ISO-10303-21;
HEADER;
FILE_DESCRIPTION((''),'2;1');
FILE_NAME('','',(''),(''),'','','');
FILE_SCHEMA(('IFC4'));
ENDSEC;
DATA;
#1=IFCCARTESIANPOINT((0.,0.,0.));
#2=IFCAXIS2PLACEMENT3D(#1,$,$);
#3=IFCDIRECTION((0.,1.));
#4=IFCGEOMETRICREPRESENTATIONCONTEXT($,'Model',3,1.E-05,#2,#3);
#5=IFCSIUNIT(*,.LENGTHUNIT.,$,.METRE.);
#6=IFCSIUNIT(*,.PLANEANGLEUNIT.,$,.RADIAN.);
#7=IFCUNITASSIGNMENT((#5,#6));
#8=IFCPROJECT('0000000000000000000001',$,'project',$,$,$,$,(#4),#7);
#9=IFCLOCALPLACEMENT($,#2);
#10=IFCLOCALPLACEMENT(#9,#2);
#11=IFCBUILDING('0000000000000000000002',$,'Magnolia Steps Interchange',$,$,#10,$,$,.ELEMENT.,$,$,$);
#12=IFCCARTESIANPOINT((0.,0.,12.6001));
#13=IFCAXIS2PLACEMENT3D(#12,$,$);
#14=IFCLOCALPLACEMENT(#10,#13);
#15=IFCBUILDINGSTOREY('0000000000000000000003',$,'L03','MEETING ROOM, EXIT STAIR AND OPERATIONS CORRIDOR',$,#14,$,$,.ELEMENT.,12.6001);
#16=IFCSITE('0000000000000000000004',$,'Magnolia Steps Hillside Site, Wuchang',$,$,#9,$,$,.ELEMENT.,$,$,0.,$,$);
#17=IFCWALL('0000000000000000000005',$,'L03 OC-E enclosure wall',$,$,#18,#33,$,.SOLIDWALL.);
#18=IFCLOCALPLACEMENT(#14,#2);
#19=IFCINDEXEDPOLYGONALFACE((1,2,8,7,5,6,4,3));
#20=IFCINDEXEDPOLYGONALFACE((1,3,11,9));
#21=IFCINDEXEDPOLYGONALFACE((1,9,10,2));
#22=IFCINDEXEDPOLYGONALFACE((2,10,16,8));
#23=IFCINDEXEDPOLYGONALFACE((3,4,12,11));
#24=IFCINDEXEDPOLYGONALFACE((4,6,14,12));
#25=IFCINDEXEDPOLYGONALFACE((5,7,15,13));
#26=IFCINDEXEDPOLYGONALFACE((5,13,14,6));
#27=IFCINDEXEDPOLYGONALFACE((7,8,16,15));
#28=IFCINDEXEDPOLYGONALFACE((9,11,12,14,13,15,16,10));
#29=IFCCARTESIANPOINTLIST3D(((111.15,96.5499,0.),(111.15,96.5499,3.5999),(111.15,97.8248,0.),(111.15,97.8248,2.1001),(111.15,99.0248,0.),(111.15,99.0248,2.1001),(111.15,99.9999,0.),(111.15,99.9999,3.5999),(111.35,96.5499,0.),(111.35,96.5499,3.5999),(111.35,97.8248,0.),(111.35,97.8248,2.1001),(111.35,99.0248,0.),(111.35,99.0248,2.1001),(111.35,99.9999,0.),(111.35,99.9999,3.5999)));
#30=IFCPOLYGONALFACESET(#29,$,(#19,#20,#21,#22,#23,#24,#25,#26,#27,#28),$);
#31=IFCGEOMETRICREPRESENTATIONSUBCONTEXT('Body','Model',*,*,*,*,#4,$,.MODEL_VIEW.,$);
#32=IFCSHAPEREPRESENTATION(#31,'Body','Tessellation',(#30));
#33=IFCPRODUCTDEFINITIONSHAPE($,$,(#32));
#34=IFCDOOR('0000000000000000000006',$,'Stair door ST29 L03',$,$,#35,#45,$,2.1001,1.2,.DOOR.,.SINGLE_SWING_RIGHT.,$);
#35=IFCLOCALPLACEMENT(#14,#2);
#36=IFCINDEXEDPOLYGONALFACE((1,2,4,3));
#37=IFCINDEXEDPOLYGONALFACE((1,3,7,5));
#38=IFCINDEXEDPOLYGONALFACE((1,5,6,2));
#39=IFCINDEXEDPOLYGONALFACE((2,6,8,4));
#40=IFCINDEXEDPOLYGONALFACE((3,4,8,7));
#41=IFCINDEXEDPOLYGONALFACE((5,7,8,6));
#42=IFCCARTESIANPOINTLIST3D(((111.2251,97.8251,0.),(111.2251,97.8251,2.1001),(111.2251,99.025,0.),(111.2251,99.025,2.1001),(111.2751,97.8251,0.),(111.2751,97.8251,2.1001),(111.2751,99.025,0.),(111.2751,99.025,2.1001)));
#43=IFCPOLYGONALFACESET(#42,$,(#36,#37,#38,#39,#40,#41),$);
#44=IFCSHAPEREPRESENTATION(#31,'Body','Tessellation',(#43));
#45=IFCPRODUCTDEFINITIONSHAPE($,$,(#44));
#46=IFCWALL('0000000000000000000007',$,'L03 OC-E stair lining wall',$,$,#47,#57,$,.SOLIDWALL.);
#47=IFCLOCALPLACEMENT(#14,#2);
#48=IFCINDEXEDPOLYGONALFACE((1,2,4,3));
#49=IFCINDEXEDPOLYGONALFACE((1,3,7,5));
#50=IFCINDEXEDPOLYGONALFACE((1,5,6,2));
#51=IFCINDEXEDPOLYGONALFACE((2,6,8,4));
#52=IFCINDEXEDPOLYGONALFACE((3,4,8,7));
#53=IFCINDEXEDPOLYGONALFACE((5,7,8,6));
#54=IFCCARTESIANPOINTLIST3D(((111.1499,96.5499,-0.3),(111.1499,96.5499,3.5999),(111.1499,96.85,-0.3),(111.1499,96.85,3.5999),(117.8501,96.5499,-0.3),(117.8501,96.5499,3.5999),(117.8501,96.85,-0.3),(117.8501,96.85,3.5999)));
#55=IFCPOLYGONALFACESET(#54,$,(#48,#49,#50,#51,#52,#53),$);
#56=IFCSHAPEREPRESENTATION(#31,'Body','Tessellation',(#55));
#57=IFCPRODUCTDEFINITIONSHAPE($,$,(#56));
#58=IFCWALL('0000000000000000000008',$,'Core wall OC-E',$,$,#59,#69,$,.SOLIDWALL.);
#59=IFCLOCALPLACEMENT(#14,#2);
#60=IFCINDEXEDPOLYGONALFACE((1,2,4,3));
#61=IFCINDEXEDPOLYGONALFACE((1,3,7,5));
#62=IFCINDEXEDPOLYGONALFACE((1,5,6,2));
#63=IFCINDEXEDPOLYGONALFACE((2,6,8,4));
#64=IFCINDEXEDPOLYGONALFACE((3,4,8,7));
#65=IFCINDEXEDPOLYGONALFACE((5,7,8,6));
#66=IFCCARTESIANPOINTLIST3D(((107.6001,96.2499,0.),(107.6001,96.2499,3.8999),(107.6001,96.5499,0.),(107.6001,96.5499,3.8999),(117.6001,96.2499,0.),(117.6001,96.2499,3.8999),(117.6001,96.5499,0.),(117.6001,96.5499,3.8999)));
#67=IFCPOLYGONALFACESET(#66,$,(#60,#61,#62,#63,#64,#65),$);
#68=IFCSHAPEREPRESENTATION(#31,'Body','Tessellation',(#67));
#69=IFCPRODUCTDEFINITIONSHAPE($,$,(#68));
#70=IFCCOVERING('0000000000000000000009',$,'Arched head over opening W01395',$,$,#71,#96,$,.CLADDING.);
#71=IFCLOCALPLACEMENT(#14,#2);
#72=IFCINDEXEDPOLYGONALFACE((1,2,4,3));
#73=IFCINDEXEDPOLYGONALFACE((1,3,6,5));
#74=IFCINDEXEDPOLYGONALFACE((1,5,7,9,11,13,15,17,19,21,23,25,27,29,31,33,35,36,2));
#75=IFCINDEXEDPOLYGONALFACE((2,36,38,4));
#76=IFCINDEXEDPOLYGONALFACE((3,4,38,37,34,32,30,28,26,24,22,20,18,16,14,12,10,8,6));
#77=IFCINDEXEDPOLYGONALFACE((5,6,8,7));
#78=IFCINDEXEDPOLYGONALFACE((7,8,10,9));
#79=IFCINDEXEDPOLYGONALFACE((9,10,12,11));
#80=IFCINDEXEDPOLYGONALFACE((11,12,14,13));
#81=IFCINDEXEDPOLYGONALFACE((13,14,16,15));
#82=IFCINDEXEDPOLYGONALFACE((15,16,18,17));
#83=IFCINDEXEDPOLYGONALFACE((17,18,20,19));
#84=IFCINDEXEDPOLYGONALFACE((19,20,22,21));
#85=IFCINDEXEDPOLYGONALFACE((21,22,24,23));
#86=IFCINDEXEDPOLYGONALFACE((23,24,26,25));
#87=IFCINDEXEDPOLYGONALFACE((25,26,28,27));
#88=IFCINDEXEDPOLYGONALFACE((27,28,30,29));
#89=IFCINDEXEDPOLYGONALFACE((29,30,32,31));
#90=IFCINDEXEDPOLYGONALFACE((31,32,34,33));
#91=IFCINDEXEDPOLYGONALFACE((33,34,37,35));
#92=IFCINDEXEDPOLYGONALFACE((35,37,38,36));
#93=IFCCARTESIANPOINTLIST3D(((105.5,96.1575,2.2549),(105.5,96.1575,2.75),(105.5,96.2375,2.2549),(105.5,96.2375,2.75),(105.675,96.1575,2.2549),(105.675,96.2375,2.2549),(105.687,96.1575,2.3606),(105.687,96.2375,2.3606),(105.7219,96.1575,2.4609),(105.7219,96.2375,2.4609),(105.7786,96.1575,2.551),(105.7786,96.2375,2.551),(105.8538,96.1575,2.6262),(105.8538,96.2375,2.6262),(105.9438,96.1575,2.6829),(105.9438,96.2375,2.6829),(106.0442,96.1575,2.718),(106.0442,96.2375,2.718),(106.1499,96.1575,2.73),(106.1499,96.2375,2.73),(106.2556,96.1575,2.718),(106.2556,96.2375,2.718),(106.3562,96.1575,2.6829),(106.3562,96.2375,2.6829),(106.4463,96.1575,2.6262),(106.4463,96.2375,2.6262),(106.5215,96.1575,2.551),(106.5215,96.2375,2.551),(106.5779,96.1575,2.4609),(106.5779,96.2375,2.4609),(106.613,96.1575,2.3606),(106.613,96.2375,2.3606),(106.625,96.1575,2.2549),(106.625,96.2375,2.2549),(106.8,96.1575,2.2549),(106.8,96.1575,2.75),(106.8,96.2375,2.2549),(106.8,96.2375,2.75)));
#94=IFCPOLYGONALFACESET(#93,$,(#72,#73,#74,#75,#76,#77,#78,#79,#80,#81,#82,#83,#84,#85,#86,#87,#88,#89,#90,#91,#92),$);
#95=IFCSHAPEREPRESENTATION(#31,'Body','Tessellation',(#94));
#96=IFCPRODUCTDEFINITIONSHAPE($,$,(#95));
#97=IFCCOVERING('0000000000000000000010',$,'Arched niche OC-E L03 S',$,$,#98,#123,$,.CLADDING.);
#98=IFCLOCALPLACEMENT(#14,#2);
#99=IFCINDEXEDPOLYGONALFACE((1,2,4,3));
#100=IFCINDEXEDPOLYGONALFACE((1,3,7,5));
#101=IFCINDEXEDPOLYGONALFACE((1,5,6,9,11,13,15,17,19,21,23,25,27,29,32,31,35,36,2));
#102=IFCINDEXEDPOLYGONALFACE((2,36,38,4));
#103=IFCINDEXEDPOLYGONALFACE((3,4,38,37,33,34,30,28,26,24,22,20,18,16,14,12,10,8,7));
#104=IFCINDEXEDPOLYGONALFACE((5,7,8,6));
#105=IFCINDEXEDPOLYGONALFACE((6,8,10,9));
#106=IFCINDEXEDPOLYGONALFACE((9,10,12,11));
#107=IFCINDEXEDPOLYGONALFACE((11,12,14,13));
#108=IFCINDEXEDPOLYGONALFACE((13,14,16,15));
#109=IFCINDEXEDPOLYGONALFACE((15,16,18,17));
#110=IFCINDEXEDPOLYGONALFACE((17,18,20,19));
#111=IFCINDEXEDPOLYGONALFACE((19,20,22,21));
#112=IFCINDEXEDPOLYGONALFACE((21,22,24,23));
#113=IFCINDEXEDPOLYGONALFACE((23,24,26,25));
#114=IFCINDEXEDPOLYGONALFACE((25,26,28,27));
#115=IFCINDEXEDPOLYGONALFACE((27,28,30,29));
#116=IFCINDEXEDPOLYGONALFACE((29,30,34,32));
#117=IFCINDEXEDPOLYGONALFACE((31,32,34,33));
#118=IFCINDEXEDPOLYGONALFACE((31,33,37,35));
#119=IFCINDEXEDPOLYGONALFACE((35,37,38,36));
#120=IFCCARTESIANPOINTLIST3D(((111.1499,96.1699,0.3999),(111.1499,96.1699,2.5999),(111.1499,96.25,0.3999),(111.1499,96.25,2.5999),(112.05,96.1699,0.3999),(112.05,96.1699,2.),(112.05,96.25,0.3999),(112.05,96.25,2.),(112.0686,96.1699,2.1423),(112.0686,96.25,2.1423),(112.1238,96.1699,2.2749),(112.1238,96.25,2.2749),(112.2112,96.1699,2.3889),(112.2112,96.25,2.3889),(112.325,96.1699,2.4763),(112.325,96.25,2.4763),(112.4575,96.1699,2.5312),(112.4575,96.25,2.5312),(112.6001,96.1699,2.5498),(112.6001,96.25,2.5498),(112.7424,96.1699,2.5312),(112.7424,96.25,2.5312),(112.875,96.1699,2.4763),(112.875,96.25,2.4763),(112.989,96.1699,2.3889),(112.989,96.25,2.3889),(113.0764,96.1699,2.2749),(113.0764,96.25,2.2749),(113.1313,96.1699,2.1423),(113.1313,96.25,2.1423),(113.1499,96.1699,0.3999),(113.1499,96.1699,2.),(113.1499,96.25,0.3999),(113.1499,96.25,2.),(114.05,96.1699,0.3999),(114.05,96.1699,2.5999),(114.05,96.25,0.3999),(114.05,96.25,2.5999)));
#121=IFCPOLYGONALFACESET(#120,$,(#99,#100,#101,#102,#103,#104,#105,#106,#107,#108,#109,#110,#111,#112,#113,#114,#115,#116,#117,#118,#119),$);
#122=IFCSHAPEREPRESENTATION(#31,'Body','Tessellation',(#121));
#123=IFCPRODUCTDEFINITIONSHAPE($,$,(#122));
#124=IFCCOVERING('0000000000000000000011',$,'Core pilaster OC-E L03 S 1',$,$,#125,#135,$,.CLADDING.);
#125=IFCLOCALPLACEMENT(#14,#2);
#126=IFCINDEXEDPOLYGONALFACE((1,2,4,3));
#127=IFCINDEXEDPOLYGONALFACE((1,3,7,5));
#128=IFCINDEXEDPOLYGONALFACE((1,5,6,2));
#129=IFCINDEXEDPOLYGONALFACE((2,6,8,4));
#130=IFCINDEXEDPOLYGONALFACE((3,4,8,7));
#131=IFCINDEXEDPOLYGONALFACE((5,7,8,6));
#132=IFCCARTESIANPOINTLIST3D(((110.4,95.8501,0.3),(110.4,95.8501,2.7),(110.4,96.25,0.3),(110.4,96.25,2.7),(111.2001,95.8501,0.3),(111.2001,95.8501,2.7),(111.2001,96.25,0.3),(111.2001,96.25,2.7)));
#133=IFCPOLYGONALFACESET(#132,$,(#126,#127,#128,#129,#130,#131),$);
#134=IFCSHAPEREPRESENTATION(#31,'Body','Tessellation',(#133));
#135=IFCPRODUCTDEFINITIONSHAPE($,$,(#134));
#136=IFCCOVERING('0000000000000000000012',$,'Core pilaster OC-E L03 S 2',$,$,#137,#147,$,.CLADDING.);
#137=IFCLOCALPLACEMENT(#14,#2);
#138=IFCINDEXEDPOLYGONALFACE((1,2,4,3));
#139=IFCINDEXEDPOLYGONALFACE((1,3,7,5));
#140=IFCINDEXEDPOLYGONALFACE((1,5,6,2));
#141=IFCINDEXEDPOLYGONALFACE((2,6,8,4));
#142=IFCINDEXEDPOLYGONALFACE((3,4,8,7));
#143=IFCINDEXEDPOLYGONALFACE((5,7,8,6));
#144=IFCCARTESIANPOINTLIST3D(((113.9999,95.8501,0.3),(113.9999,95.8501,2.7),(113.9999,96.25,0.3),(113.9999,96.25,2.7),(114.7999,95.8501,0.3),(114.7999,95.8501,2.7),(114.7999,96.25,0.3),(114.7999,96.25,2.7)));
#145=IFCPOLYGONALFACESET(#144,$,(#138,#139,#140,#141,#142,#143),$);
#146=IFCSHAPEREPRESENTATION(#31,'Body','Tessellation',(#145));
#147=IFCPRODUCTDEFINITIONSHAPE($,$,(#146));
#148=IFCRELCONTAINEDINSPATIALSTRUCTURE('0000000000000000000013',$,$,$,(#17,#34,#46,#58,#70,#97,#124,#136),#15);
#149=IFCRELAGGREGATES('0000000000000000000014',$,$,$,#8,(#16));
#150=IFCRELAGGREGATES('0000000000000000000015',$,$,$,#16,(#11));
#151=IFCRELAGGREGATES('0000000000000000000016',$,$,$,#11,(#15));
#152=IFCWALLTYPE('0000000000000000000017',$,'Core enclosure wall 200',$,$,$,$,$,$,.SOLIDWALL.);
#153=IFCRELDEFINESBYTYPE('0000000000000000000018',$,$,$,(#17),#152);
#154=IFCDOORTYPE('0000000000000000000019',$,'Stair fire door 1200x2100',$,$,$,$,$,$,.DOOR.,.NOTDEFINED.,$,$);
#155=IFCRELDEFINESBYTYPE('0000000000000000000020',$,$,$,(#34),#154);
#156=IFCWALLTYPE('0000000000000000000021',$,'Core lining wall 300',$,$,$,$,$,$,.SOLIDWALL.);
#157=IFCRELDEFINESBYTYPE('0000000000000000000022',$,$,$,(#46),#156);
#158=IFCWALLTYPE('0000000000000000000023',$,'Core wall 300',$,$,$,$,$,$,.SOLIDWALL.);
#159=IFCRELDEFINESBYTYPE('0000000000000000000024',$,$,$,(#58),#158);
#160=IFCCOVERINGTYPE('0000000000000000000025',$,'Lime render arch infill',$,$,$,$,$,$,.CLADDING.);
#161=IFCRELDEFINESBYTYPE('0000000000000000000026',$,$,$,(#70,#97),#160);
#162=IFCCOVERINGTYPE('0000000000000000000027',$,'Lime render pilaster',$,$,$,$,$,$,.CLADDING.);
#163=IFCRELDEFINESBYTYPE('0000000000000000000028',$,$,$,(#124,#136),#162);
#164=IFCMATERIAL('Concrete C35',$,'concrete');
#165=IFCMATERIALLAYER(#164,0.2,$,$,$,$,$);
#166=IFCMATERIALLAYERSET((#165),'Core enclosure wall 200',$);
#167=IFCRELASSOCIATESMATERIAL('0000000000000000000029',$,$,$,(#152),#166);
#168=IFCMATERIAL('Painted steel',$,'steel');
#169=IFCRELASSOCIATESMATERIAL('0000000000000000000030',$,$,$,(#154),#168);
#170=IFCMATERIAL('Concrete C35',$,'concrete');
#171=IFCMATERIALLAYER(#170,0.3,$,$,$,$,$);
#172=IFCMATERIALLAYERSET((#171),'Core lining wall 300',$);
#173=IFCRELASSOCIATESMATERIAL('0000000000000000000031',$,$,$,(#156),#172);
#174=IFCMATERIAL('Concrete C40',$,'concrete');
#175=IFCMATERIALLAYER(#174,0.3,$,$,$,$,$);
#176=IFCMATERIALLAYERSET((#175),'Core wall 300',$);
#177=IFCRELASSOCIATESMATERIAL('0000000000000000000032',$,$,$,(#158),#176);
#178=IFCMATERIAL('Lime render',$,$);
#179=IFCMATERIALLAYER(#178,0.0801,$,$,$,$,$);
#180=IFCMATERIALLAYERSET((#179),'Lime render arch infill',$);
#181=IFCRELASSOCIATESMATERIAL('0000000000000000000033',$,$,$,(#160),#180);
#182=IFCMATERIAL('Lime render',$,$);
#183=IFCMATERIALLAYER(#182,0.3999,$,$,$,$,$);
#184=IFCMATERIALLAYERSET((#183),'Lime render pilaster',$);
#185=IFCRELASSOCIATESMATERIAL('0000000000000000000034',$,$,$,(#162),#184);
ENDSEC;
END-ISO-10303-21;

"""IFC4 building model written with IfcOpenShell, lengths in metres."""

from ifc_helpers import new_model, si_unit, direction, frame, frame_2d, origin, origin_2d, place, context, subcontext, project, spatial, polyline, rectangle, outline, extrude, material, layer, layer_set, type_object, element, fill, save


model = new_model("IFC4")

# Units and contexts
model_context = context("Model", 3, precision=1e-05, world=origin(), true_north=direction((0.0, 1.0)))
body_context = subcontext(model_context, "Body", "Model", "MODEL_VIEW")
ifc_project = project(units=[si_unit("LENGTHUNIT", "METRE"), si_unit("PLANEANGLEUNIT", "RADIAN")], contexts=[model_context])

# Site, building, storey
site_placement = place(None, origin())
site = spatial("IfcSite", under=ifc_project, at=site_placement, Name="Magnolia Steps Hillside Site, Wuchang", CompositionType="ELEMENT", RefElevation=0.0)
building_placement = place(site_placement, origin())
building = spatial("IfcBuilding", under=site, at=building_placement, Name="Magnolia Steps Interchange", CompositionType="ELEMENT")
storey_placement = place(building_placement, frame((0.0, 0.0, 12.6001)))
storey = spatial("IfcBuildingStorey", under=building, at=storey_placement, Name="L03", Description="MEETING ROOM, EXIT STAIR AND OPERATIONS CORRIDOR", CompositionType="ELEMENT", Elevation=12.6001)

# Shared definitions
ifc_material_1 = material(Name="Concrete C35", Category="concrete")
ifc_layer_1 = layer(ifc_material_1, 0.2)
ifc_layer_set_1 = layer_set([ifc_layer_1], Name="Core enclosure wall 200")
wall_type_1 = type_object("IfcWallType", Name="Core enclosure wall 200", PredefinedType="SOLIDWALL", material=ifc_layer_set_1)

# Wall, opening, door
wall_1_placement = place(storey_placement, frame((111.25, 100.0, 0.0), z_axis=(0.0, 0.0, 1.0), x_axis=(0.0, -1.0, 0.0)))
wall_1 = element("IfcWall", 1, at=wall_1_placement, inside=storey, type_object=wall_type_1, Name="L03 OC-E enclosure wall", PredefinedType="SOLIDWALL", context=body_context, shape_type="SweptSolid", body=[
    extrude(rectangle(XDim=3.45, YDim=0.2, at=frame_2d((1.7251, 0.0))), origin(), (0.0, 0.0, 1.0), 3.5999),
])
opening_placement = place(wall_1_placement, frame((0.9751, 0.0, 0.0)))
opening = element("IfcOpeningElement", 2, at=opening_placement, cuts=wall_1, PredefinedType="OPENING", context=body_context, shape_type="SweptSolid", body=[
    extrude(rectangle(XDim=1.2, YDim=2.1001, at=frame_2d((0.6001, 1.05))), frame((0.0, 0.1099, 0.0), z_axis=(0.0, -1.0, 0.0), x_axis=(1.0, 0.0, 0.0)), (0.0, 0.0, 1.0), 0.22),
])
ifc_material_2 = material(Name="Painted steel", Category="steel")
door_type = type_object("IfcDoorType", Name="Stair fire door 1200x2100", OperationType="NOTDEFINED", PredefinedType="DOOR", material=ifc_material_2)
door_placement = place(opening_placement, frame((1.2, 0.0, 0.0), z_axis=(0.0, 0.0, 1.0), x_axis=(-1.0, 0.0, 0.0)))
door = element("IfcDoor", 3, at=door_placement, inside=storey, type_object=door_type, Name="Stair door ST29 L03", OperationType="SINGLE_SWING_RIGHT", OverallHeight=2.1001, OverallWidth=1.2, PredefinedType="DOOR", context=body_context, shape_type="SweptSolid", body=[
    extrude(rectangle(XDim=1.2, YDim=2.1001, at=frame_2d((0.6001, 1.05))), frame((0.0, 0.0249, 0.0), z_axis=(0.0, -1.0, 0.0), x_axis=(1.0, 0.0, 0.0)), (0.0, 0.0, 1.0), 0.05),
])
fill(opening, door)

# Walls
ifc_material_3 = material(Name="Concrete C35", Category="concrete")
ifc_layer_2 = layer(ifc_material_3, 0.3)
ifc_layer_set_2 = layer_set([ifc_layer_2], Name="Core lining wall 300")
wall_type_2 = type_object("IfcWallType", Name="Core lining wall 300", PredefinedType="SOLIDWALL", material=ifc_layer_set_2)
wall_2_placement = place(storey_placement, frame((111.1499, 96.7, -0.3), z_axis=(0.0, 0.0, 1.0), x_axis=(1.0, 0.0, 0.0)))
element("IfcWall", 4, at=wall_2_placement, inside=storey, type_object=wall_type_2, Name="L03 OC-E stair lining wall", PredefinedType="SOLIDWALL", context=body_context, shape_type="SweptSolid", body=[
    extrude(rectangle(XDim=6.7002, YDim=0.3, at=frame_2d((3.3501, 0.0))), origin(), (0.0, 0.0, 1.0), 3.8999),
])
ifc_material_4 = material(Name="Concrete C40", Category="concrete")
ifc_layer_3 = layer(ifc_material_4, 0.3)
ifc_layer_set_3 = layer_set([ifc_layer_3], Name="Core wall 300")
wall_type_3 = type_object("IfcWallType", Name="Core wall 300", PredefinedType="SOLIDWALL", material=ifc_layer_set_3)
wall_3_placement = place(storey_placement, frame((107.6001, 96.3999, 0.0), z_axis=(0.0, 0.0, 1.0), x_axis=(1.0, 0.0, 0.0)))
element("IfcWall", 5, at=wall_3_placement, inside=storey, type_object=wall_type_3, Name="Core wall OC-E", PredefinedType="SOLIDWALL", context=body_context, shape_type="SweptSolid", body=[
    extrude(rectangle(XDim=10.0, YDim=0.3, at=frame_2d((5.0, 0.0))), origin(), (0.0, 0.0, 1.0), 3.8999),
])

# Coverings
ifc_material_5 = material(Name="Lime render")
ifc_layer_4 = layer(ifc_material_5, 0.0801)
ifc_layer_set_4 = layer_set([ifc_layer_4], Name="Lime render arch infill")
covering_type_1 = type_object("IfcCoveringType", Name="Lime render arch infill", PredefinedType="CLADDING", material=ifc_layer_set_4)
covering_1_placement = place(storey_placement, frame((105.5, 96.2375, 2.2549), z_axis=(0.0, 1.0, 0.0), x_axis=(0.0, 0.0, 1.0)))
element("IfcCovering", 6, at=covering_1_placement, inside=storey, type_object=covering_type_1, Name="Arched head over opening W01395", PredefinedType="CLADDING", context=body_context, shape_type="SweptSolid", body=[
    extrude(outline(polyline([(0.0, 0.0), (0.4951, 0.0), (0.4951, 1.3), (0.0, 1.3), (0.0, 1.125), (0.1057, 1.113), (0.2061, 1.0779), (0.2961, 1.0215), (0.3713, 0.9463), (0.428, 0.8562), (0.4631, 0.7556), (0.4751, 0.6499), (0.4631, 0.5442), (0.428, 0.4438), (0.3713, 0.3538), (0.2961, 0.2786), (0.2061, 0.2219), (0.1057, 0.187), (0.0, 0.175), (0.0, 0.0)])), origin(), (0.0, 0.0, -1.0), 0.0801),
])
covering_2_placement = place(storey_placement, frame((111.1499, 96.25, 0.3999), z_axis=(0.0, 1.0, 0.0), x_axis=(0.0, 0.0, 1.0)))
element("IfcCovering", 7, at=covering_2_placement, inside=storey, type_object=covering_type_1, Name="Arched niche OC-E L03 S", PredefinedType="CLADDING", context=body_context, shape_type="SweptSolid", body=[
    extrude(outline(polyline([(0.0, 0.0), (2.2, 0.0), (2.2, 2.9001), (0.0, 2.9001), (0.0, 2.0), (1.6001, 2.0), (1.7424, 1.9814), (1.875, 1.9265), (1.989, 1.8391), (2.0764, 1.7251), (2.1313, 1.5925), (2.1499, 1.4502), (2.1313, 1.3076), (2.0764, 1.175), (1.989, 1.0613), (1.875, 0.9739), (1.7424, 0.9187), (1.6001, 0.9001), (0.0, 0.9001), (0.0, 0.0)])), origin(), (0.0, 0.0, -1.0), 0.0801),
])
ifc_material_6 = material(Name="Lime render")
ifc_layer_5 = layer(ifc_material_6, 0.3999)
ifc_layer_set_5 = layer_set([ifc_layer_5], Name="Lime render pilaster")
covering_type_2 = type_object("IfcCoveringType", Name="Lime render pilaster", PredefinedType="CLADDING", material=ifc_layer_set_5)
for number, where, z_axis, x_axis, name in (
    (8, (110.8, 96.05, 0.3), (0.0, 0.0, 1.0), (1.0, 0.0, 0.0), "Core pilaster OC-E L03 S 1"),
    (9, (114.3999, 96.05, 0.3), (0.0, 0.0, 1.0), (1.0, 0.0, 0.0), "Core pilaster OC-E L03 S 2"),
):
    element("IfcCovering", number, at=place(storey_placement, frame(where, z_axis=z_axis, x_axis=x_axis)), inside=storey, type_object=covering_type_2, Name=name, PredefinedType="CLADDING", context=body_context, shape_type="SweptSolid", body=[
        extrude(rectangle(XDim=0.8, YDim=0.3999, at=origin_2d()), origin(), (0.0, 0.0, 1.0), 2.3999),
    ])

save(model, "model.ifc")
